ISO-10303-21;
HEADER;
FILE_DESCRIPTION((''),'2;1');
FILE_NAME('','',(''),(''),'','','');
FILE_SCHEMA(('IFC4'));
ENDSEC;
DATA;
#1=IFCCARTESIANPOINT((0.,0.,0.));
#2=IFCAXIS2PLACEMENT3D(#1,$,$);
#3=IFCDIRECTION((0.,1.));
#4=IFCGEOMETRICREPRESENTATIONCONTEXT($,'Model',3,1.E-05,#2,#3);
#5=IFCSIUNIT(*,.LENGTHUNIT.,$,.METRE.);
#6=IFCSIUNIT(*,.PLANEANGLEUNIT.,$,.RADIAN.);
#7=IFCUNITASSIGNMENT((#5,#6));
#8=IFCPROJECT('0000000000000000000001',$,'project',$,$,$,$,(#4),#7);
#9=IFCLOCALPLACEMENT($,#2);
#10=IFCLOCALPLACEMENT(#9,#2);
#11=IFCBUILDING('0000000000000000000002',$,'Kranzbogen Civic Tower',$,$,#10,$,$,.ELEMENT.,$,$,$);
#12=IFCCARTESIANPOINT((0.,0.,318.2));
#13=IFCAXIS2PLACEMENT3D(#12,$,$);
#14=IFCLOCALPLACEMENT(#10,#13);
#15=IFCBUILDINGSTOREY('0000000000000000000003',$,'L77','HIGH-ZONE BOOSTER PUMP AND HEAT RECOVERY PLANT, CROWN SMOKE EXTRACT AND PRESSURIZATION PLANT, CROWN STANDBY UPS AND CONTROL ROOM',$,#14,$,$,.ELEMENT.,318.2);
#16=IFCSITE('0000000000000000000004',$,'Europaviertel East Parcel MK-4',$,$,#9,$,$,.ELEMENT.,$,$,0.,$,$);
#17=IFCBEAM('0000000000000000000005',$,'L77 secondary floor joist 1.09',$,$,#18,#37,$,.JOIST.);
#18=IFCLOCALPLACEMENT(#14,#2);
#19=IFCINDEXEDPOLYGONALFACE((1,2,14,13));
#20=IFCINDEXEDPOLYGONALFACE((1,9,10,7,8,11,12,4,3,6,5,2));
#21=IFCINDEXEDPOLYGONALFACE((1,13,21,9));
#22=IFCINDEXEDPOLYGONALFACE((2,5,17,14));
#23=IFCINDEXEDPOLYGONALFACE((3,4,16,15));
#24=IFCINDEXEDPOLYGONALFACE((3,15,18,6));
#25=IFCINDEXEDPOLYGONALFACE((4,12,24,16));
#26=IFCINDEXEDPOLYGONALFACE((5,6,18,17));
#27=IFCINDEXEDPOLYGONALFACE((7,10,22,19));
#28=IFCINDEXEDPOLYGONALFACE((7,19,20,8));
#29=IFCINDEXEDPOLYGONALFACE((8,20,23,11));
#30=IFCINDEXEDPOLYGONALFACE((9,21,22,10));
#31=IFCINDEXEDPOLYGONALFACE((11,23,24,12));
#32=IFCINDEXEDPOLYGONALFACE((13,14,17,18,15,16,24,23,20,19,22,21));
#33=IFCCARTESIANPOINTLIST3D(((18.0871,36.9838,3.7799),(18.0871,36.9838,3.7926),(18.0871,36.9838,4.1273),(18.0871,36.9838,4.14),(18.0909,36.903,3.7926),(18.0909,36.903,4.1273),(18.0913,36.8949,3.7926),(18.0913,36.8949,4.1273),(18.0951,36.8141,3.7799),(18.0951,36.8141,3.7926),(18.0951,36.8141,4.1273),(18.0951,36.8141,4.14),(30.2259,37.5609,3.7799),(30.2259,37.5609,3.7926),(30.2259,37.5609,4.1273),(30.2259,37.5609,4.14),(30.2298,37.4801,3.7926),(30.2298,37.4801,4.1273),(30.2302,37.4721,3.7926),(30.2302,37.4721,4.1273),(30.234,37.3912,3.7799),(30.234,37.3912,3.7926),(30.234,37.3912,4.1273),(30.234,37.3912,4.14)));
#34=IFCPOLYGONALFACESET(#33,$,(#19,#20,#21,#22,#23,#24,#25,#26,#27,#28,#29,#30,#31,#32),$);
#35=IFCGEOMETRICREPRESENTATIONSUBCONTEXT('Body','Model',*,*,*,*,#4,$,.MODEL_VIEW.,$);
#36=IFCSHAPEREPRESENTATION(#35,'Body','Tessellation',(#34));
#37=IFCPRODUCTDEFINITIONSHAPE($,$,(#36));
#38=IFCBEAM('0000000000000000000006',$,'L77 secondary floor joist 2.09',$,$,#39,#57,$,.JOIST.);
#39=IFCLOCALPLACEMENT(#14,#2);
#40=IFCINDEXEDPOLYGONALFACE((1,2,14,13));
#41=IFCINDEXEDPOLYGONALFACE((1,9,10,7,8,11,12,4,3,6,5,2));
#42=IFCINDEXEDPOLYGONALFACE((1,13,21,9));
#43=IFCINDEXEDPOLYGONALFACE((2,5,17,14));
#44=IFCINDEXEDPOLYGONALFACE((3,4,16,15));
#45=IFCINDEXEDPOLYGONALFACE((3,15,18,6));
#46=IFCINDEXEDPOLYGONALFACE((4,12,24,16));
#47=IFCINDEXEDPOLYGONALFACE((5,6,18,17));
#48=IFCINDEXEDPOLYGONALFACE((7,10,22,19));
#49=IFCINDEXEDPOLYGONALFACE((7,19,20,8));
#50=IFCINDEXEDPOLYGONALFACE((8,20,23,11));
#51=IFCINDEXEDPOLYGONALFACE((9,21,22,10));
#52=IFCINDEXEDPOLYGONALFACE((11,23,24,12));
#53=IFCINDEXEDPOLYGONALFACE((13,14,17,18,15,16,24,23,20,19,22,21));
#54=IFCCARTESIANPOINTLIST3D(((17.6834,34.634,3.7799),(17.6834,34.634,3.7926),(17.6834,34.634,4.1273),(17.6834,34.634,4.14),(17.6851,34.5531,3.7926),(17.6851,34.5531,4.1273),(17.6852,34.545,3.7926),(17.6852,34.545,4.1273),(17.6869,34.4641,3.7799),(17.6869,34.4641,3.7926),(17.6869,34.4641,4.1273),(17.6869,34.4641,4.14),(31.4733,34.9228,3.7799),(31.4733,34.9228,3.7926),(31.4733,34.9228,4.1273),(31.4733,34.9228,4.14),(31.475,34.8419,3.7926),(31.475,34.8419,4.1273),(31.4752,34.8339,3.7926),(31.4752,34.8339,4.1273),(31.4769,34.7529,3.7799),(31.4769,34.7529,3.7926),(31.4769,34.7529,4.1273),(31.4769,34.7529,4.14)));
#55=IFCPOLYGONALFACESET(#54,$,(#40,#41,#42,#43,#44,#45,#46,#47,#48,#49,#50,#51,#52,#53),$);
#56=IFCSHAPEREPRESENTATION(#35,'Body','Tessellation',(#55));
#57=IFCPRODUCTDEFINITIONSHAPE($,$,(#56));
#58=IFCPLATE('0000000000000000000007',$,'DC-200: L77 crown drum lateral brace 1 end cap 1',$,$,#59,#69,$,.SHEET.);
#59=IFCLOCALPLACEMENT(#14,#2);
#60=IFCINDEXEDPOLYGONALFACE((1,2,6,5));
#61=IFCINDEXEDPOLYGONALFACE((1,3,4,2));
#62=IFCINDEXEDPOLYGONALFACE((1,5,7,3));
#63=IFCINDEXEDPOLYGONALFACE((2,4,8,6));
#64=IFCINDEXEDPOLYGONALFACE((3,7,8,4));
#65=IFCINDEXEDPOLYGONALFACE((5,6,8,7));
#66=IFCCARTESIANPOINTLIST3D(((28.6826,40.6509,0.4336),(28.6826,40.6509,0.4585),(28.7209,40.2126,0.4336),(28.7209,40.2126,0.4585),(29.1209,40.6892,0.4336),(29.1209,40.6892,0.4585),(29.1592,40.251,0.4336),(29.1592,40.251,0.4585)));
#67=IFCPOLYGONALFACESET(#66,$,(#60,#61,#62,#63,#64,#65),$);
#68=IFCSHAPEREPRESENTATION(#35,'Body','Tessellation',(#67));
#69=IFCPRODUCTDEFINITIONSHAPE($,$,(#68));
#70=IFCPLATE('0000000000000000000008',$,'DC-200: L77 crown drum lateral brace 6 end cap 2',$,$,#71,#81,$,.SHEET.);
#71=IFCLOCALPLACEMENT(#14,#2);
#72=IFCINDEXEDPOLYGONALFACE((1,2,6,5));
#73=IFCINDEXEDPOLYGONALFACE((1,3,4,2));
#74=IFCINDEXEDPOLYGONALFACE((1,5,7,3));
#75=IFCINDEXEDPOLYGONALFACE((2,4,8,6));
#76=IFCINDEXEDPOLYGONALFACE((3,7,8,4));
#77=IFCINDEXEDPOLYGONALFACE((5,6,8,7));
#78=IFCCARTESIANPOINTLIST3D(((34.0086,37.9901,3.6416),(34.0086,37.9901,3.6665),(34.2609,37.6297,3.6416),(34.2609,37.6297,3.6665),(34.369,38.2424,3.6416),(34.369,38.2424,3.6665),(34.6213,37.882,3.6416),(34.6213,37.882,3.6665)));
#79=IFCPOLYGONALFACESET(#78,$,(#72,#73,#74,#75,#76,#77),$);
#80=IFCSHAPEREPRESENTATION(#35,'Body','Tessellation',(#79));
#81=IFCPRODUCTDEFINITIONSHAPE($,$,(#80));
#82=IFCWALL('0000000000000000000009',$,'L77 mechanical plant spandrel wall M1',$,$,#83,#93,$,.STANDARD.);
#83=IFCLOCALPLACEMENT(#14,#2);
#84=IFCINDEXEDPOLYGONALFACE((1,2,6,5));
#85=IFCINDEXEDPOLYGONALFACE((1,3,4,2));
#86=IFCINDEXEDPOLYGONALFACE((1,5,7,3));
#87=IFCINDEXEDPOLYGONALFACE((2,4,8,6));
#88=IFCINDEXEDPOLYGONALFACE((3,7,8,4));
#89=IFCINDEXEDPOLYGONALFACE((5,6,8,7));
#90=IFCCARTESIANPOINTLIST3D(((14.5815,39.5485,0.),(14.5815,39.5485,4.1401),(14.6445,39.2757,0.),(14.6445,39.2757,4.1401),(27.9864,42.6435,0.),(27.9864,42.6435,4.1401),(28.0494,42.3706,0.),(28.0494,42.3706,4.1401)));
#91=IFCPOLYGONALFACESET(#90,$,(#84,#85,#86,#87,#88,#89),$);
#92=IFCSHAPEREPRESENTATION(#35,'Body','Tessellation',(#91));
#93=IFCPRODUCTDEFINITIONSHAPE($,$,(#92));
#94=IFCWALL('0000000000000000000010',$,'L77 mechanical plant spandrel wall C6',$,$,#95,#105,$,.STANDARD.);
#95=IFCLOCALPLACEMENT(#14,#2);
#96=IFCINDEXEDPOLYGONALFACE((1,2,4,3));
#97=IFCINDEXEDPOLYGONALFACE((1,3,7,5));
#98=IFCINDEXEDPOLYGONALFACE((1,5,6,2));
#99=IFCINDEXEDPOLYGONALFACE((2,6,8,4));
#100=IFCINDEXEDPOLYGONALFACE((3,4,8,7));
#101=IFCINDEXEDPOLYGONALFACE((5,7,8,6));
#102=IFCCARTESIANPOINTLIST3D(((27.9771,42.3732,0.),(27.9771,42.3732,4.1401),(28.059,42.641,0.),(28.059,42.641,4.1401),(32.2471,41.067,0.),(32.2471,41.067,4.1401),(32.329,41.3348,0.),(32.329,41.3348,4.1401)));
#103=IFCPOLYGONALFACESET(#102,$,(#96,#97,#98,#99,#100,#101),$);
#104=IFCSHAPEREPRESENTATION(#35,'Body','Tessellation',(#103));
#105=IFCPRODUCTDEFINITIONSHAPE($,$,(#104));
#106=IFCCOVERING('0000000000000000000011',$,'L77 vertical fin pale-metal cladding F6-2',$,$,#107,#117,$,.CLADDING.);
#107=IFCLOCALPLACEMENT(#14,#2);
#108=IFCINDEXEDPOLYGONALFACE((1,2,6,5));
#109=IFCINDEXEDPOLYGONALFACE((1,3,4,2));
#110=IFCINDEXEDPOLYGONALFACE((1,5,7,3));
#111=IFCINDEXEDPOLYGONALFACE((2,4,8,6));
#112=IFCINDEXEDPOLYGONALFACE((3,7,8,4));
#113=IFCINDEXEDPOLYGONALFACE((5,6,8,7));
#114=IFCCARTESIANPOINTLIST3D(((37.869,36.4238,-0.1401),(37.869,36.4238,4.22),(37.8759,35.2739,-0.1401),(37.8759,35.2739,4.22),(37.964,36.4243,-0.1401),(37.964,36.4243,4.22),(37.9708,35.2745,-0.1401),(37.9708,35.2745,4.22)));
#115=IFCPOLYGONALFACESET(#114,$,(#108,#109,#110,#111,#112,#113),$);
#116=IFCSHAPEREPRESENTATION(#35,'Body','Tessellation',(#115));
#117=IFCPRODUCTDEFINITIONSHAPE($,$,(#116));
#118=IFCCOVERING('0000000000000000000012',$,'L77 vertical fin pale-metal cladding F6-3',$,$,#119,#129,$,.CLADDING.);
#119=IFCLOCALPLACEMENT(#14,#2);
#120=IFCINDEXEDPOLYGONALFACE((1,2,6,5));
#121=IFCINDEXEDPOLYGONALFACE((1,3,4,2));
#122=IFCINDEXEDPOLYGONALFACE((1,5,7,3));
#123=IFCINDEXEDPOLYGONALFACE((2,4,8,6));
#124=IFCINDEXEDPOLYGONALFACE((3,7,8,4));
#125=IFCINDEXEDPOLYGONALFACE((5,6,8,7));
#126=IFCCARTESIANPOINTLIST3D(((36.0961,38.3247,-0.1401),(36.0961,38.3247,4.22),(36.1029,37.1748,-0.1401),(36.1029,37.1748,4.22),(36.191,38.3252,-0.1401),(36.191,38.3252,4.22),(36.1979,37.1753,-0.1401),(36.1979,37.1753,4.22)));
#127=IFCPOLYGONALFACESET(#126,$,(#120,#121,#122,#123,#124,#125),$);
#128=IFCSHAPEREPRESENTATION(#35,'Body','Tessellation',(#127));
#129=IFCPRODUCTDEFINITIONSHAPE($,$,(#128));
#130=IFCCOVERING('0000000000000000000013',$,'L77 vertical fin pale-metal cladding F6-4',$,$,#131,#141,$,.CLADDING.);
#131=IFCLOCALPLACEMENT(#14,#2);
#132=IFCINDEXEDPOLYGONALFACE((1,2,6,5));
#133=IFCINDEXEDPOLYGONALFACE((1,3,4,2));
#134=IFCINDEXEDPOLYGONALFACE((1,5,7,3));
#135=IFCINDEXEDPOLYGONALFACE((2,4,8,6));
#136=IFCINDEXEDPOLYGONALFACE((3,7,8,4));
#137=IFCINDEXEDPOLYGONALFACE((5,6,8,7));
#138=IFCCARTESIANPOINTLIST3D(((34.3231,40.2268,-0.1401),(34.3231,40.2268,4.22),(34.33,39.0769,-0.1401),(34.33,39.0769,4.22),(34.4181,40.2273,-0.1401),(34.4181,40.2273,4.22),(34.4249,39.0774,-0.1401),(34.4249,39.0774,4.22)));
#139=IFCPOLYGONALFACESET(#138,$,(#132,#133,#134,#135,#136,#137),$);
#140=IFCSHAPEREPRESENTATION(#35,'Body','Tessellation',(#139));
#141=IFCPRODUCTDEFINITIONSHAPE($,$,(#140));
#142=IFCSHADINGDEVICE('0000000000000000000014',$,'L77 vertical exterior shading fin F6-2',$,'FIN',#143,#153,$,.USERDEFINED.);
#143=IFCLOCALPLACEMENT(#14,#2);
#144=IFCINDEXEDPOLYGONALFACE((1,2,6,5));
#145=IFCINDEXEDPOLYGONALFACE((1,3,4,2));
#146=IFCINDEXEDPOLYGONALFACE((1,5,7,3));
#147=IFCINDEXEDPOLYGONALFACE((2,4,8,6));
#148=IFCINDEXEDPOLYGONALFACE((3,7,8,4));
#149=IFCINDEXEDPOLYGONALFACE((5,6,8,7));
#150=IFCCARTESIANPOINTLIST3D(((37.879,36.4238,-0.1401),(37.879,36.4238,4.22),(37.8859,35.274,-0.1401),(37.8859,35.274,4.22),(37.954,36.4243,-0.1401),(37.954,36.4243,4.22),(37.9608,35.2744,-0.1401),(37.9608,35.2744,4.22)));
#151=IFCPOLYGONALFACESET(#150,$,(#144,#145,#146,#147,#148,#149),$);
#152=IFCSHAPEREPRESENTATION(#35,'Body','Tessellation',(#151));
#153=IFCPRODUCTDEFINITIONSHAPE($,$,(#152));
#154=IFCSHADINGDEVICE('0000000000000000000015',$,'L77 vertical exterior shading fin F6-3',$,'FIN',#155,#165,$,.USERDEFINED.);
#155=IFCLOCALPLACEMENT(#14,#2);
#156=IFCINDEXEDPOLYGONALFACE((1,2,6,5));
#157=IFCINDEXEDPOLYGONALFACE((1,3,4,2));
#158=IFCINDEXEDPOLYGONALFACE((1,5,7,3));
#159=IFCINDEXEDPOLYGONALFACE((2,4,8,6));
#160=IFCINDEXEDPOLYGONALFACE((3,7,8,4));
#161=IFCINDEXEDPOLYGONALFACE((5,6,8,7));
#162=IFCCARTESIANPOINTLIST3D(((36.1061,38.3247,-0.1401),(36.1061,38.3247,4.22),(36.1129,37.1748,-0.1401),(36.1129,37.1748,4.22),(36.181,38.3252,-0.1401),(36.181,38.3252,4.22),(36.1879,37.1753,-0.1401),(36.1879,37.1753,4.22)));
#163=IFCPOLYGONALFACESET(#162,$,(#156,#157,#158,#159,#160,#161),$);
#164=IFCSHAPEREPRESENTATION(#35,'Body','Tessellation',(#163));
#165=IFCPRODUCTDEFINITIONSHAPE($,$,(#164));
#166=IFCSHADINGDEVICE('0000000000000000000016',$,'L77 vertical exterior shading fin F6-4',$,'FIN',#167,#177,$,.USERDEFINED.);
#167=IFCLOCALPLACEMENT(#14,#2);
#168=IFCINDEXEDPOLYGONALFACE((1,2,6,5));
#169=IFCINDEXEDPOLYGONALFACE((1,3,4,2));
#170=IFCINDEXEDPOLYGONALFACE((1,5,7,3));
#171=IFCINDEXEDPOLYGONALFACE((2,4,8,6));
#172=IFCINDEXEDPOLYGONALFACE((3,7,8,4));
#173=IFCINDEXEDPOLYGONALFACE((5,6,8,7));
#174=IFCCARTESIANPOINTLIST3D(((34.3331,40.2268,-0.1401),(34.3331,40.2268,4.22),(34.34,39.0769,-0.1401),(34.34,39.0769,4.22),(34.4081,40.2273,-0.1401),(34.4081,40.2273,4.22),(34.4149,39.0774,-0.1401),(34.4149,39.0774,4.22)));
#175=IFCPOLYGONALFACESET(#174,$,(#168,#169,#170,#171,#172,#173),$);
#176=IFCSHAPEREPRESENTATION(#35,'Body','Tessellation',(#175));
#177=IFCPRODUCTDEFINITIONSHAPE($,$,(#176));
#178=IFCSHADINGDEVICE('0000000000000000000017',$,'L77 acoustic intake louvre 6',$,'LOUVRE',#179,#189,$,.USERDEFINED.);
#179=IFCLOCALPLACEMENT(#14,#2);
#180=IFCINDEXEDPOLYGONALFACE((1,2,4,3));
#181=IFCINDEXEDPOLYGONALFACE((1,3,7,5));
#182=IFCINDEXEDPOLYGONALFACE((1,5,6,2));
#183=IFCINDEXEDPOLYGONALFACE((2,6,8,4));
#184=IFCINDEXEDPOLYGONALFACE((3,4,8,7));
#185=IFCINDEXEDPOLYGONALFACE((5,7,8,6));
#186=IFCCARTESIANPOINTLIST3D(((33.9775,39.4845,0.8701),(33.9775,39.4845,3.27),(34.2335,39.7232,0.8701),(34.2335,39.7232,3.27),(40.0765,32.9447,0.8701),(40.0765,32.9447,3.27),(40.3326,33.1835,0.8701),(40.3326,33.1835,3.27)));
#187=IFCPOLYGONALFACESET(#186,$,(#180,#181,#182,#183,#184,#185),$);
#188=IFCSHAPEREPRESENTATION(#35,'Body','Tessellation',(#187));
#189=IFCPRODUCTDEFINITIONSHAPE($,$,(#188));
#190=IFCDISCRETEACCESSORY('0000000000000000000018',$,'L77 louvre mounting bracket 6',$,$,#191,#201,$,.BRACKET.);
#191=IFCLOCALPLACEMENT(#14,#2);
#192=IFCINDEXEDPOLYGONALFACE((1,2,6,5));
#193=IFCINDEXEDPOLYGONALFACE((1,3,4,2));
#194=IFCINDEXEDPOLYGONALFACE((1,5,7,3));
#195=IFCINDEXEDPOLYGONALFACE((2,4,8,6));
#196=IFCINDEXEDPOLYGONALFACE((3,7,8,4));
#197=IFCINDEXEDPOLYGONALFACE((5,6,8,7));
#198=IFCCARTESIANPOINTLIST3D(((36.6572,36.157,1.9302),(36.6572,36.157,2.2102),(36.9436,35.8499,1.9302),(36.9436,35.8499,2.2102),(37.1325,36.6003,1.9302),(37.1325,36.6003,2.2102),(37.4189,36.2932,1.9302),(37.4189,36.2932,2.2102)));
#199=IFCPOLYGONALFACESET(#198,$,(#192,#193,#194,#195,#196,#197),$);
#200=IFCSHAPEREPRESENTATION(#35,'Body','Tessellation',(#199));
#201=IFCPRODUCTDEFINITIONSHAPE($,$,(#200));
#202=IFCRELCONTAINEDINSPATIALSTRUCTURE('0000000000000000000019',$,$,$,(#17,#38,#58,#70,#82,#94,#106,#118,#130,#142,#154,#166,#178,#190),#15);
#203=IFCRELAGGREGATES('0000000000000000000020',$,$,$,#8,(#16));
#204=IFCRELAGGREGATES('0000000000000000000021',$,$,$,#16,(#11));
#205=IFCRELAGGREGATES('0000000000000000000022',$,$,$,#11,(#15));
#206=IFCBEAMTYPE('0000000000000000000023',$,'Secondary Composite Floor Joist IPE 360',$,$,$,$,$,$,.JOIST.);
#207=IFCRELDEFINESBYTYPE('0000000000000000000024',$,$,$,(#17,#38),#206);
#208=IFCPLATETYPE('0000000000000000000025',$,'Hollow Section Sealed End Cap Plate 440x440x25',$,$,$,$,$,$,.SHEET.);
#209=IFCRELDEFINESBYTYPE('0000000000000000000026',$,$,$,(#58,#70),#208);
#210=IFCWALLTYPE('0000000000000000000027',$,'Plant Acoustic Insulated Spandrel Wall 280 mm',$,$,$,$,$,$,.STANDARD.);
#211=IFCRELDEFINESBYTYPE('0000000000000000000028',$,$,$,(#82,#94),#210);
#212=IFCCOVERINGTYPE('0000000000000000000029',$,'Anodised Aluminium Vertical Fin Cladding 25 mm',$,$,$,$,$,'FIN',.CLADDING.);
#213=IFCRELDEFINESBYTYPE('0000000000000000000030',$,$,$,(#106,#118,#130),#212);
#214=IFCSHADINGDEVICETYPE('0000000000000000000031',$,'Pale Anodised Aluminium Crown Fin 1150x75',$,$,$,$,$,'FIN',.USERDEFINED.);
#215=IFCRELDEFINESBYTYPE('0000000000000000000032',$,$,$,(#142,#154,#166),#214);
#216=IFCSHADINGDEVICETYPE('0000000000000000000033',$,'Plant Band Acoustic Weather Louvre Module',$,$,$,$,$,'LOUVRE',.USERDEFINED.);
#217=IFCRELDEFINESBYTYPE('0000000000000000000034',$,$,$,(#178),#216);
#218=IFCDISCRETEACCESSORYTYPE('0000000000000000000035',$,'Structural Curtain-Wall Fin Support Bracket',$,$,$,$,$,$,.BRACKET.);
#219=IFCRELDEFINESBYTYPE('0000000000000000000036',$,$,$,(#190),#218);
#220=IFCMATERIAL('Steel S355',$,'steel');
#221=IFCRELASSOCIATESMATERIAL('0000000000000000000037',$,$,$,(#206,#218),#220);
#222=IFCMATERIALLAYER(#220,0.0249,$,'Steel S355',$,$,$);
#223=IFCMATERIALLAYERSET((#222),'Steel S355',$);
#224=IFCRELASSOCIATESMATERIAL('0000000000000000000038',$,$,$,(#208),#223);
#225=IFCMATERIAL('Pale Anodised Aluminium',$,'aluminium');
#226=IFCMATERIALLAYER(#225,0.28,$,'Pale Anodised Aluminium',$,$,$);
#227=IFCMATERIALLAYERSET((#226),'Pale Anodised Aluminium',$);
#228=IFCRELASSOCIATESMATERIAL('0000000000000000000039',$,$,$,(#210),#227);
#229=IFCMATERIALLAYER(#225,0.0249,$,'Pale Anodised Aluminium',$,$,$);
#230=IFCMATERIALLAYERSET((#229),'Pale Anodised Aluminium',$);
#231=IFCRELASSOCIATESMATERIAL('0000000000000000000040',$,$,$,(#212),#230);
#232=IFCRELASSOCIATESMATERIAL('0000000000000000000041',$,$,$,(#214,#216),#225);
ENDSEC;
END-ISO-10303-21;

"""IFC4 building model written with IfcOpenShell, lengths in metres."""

from ifc_helpers import new_model, si_unit, direction, frame, frame_2d, origin, origin_2d, place, context, subcontext, project, spatial, rectangle, i_section, extrude, material, layer, layer_set, material_profile, profile_set, type_object, element, save


model = new_model("IFC4")

# Units and contexts
model_context = context("Model", 3, precision=1e-05, world=origin(), true_north=direction((0.0, 1.0)))
body_context = subcontext(model_context, "Body", "Model", "MODEL_VIEW")
ifc_project = project(units=[si_unit("LENGTHUNIT", "METRE"), si_unit("PLANEANGLEUNIT", "RADIAN")], contexts=[model_context])

# Site, building, storey
site_placement = place(None, origin())
site = spatial("IfcSite", under=ifc_project, at=site_placement, Name="Europaviertel East Parcel MK-4", CompositionType="ELEMENT", RefElevation=0.0)
building_placement = place(site_placement, origin())
building = spatial("IfcBuilding", under=site, at=building_placement, Name="Kranzbogen Civic Tower", CompositionType="ELEMENT")
storey_placement = place(building_placement, frame((0.0, 0.0, 318.2)))
storey = spatial("IfcBuildingStorey", under=building, at=storey_placement, Name="L77", Description="HIGH-ZONE BOOSTER PUMP AND HEAT RECOVERY PLANT, CROWN SMOKE EXTRACT AND PRESSURIZATION PLANT, CROWN STANDBY UPS AND CONTROL ROOM", CompositionType="ELEMENT", Elevation=318.2)

# Shared definitions
ifc_material_1 = material(Name="Steel S355", Category="steel")

# Beams
ifc_material_profile_1 = material_profile(ifc_material_1, i_section(OverallWidth=0.1699, OverallDepth=0.3601, WebThickness=0.0081, FlangeThickness=0.0127, at=origin_2d()), Name="IPE 360")
ifc_profile_set_1 = profile_set([ifc_material_profile_1], Name="Steel S355")
beam_type_1 = type_object("IfcBeamType", Name="Secondary Composite Floor Joist IPE 360", PredefinedType="JOIST", material=ifc_profile_set_1)
beam_1_placement = place(storey_placement, frame((30.23, 37.4761, 3.96), z_axis=(-0.998872, -0.047492, 0.0), x_axis=(0.047492, -0.998872, 0.0)))
element("IfcBeam", 1, at=beam_1_placement, inside=storey, type_object=beam_type_1, Name="L77 secondary floor joist 1.09", PredefinedType="JOIST", context=body_context, shape_type="SweptSolid", body=[
    extrude(i_section(OverallWidth=0.1699, OverallDepth=0.3601, WebThickness=0.0081, FlangeThickness=0.0127, at=origin_2d()), origin(), (0.0, 0.0, 1.0), 12.1526),
])
beam_2_placement = place(storey_placement, frame((31.4751, 34.8379, 3.96), z_axis=(-0.999781, -0.020939, 0.0), x_axis=(0.020939, -0.999781, 0.0)))
element("IfcBeam", 2, at=beam_2_placement, inside=storey, type_object=beam_type_1, Name="L77 secondary floor joist 2.09", PredefinedType="JOIST", context=body_context, shape_type="SweptSolid", body=[
    extrude(i_section(OverallWidth=0.1699, OverallDepth=0.3601, WebThickness=0.0081, FlangeThickness=0.0127, at=origin_2d()), origin(), (0.0, 0.0, 1.0), 13.793),
])

# Plates
ifc_layer_1 = layer(ifc_material_1, 0.0249, Name="Steel S355")
ifc_layer_set_1 = layer_set([ifc_layer_1], Name="Steel S355")
plate_type = type_object("IfcPlateType", Name="Hollow Section Sealed End Cap Plate 440x440x25", PredefinedType="SHEET", material=ifc_layer_set_1)
for number, where, z_axis, x_axis, name in (
    (3, (28.9209, 40.4509, 0.4336), (0.0, 0.0, 1.0), (-0.996192, -0.087191, 0.0), "DC-200: L77 crown drum lateral brace 1 end cap 1"),
    (4, (34.3149, 37.936, 3.6416), (0.0, 0.0, 1.0), (-0.573534, 0.819182, 0.0), "DC-200: L77 crown drum lateral brace 6 end cap 2"),
):
    element("IfcPlate", number, at=place(storey_placement, frame(where, z_axis=z_axis, x_axis=x_axis)), inside=storey, type_object=plate_type, Name=name, PredefinedType="SHEET", context=body_context, shape_type="SweptSolid", body=[
        extrude(rectangle(XDim=0.4399, YDim=0.4399, at=origin_2d()), origin(), (0.0, 0.0, 1.0), 0.0249),
    ])

# Walls
ifc_material_2 = material(Name="Pale Anodised Aluminium", Category="aluminium")
ifc_layer_2 = layer(ifc_material_2, 0.28, Name="Pale Anodised Aluminium")
ifc_layer_set_2 = layer_set([ifc_layer_2], Name="Pale Anodised Aluminium")
wall_type = type_object("IfcWallType", Name="Plant Acoustic Insulated Spandrel Wall 280 mm", PredefinedType="STANDARD", material=ifc_layer_set_2)
wall_1_placement = place(storey_placement, frame((28.0181, 42.5071, 0.0), z_axis=(0.0, 0.0, 1.0), x_axis=(-0.974367, -0.224963, 0.0)))
element("IfcWall", 5, at=wall_1_placement, inside=storey, type_object=wall_type, Name="L77 mechanical plant spandrel wall M1", PredefinedType="STANDARD", context=body_context, shape_type="SweptSolid", body=[
    extrude(rectangle(XDim=13.7576, YDim=0.28, at=frame_2d((6.8789, 0.0))), origin(), (0.0, 0.0, 1.0), 4.1401),
])
wall_2_placement = place(storey_placement, frame((32.2881, 41.2009, 0.0), z_axis=(0.0, 0.0, 1.0), x_axis=(-0.956262, 0.29251, 0.0)))
element("IfcWall", 6, at=wall_2_placement, inside=storey, type_object=wall_type, Name="L77 mechanical plant spandrel wall C6", PredefinedType="STANDARD", context=body_context, shape_type="SweptSolid", body=[
    extrude(rectangle(XDim=4.4653, YDim=0.28, at=frame_2d((2.2327, 0.0))), origin(), (0.0, 0.0, 1.0), 4.1401),
])

# Coverings
ifc_layer_3 = layer(ifc_material_2, 0.0249, Name="Pale Anodised Aluminium")
ifc_layer_set_3 = layer_set([ifc_layer_3], Name="Pale Anodised Aluminium")
covering_type = type_object("IfcCoveringType", Name="Anodised Aluminium Vertical Fin Cladding 25 mm", ElementType="FIN", PredefinedType="CLADDING", material=ifc_layer_set_3)
for number, where, z_axis, x_axis, name in (
    (7, (37.9199, 35.8491, -0.1401), (0.0, 0.0, 1.0), (-0.005969, 0.999982, 0.0), "L77 vertical fin pale-metal cladding F6-2"),
    (8, (36.147, 37.75, -0.1401), (0.0, 0.0, 1.0), (-0.005969, 0.999982, 0.0), "L77 vertical fin pale-metal cladding F6-3"),
    (9, (34.374, 39.6521, -0.1401), (0.0, 0.0, 1.0), (-0.005969, 0.999982, 0.0), "L77 vertical fin pale-metal cladding F6-4"),
):
    element("IfcCovering", number, at=place(storey_placement, frame(where, z_axis=z_axis, x_axis=x_axis)), inside=storey, type_object=covering_type, Name=name, PredefinedType="CLADDING", context=body_context, shape_type="SweptSolid", body=[
        extrude(rectangle(XDim=1.1499, YDim=0.095, at=origin_2d()), origin(), (0.0, 0.0, 1.0), 4.3601),
    ])

# Shading devices
shading_device_type_1 = type_object("IfcShadingDeviceType", Name="Pale Anodised Aluminium Crown Fin 1150x75", ElementType="FIN", PredefinedType="USERDEFINED", material=ifc_material_2)
for number, where, z_axis, x_axis, name in (
    (10, (37.9199, 35.8491, -0.1401), (0.0, 0.0, 1.0), (-0.005969, 0.999982, 0.0), "L77 vertical exterior shading fin F6-2"),
    (11, (36.147, 37.75, -0.1401), (0.0, 0.0, 1.0), (-0.005969, 0.999982, 0.0), "L77 vertical exterior shading fin F6-3"),
    (12, (34.374, 39.6521, -0.1401), (0.0, 0.0, 1.0), (-0.005969, 0.999982, 0.0), "L77 vertical exterior shading fin F6-4"),
):
    element("IfcShadingDevice", number, at=place(storey_placement, frame(where, z_axis=z_axis, x_axis=x_axis)), inside=storey, type_object=shading_device_type_1, Name=name, ObjectType="FIN", PredefinedType="USERDEFINED", context=body_context, shape_type="SweptSolid", body=[
        extrude(rectangle(XDim=1.1499, YDim=0.075, at=origin_2d()), origin(), (0.0, 0.0, 1.0), 4.3601),
    ])
shading_device_type_2 = type_object("IfcShadingDeviceType", Name="Plant Band Acoustic Weather Louvre Module", ElementType="LOUVRE", PredefinedType="USERDEFINED", material=ifc_material_2)
shading_device_placement = place(storey_placement, frame((37.155, 36.334, 0.8701), z_axis=(0.0, 0.0, 1.0), x_axis=(-0.682037, 0.731318, 0.0)))
element("IfcShadingDevice", 13, at=shading_device_placement, inside=storey, type_object=shading_device_type_2, Name="L77 acoustic intake louvre 6", ObjectType="LOUVRE", PredefinedType="USERDEFINED", context=body_context, shape_type="SweptSolid", body=[
    extrude(rectangle(XDim=8.9424, YDim=0.3501, at=origin_2d()), origin(), (0.0, 0.0, 1.0), 2.3999),
])

# Discrete accessory
discrete_accessory_type = type_object("IfcDiscreteAccessoryType", Name="Structural Curtain-Wall Fin Support Bracket", PredefinedType="BRACKET", material=ifc_material_1)
discrete_accessory_placement = place(storey_placement, frame((37.0381, 36.2251, 1.9302), z_axis=(0.0, 0.0, 1.0), x_axis=(0.731354, 0.681998, 0.0)))
element("IfcDiscreteAccessory", 14, at=discrete_accessory_placement, inside=storey, type_object=discrete_accessory_type, Name="L77 louvre mounting bracket 6", PredefinedType="BRACKET", context=body_context, shape_type="SweptSolid", body=[
    extrude(rectangle(XDim=0.6499, YDim=0.4199, at=origin_2d()), origin(), (0.0, 0.0, 1.0), 0.28),
])

save(model, "model.ifc")
